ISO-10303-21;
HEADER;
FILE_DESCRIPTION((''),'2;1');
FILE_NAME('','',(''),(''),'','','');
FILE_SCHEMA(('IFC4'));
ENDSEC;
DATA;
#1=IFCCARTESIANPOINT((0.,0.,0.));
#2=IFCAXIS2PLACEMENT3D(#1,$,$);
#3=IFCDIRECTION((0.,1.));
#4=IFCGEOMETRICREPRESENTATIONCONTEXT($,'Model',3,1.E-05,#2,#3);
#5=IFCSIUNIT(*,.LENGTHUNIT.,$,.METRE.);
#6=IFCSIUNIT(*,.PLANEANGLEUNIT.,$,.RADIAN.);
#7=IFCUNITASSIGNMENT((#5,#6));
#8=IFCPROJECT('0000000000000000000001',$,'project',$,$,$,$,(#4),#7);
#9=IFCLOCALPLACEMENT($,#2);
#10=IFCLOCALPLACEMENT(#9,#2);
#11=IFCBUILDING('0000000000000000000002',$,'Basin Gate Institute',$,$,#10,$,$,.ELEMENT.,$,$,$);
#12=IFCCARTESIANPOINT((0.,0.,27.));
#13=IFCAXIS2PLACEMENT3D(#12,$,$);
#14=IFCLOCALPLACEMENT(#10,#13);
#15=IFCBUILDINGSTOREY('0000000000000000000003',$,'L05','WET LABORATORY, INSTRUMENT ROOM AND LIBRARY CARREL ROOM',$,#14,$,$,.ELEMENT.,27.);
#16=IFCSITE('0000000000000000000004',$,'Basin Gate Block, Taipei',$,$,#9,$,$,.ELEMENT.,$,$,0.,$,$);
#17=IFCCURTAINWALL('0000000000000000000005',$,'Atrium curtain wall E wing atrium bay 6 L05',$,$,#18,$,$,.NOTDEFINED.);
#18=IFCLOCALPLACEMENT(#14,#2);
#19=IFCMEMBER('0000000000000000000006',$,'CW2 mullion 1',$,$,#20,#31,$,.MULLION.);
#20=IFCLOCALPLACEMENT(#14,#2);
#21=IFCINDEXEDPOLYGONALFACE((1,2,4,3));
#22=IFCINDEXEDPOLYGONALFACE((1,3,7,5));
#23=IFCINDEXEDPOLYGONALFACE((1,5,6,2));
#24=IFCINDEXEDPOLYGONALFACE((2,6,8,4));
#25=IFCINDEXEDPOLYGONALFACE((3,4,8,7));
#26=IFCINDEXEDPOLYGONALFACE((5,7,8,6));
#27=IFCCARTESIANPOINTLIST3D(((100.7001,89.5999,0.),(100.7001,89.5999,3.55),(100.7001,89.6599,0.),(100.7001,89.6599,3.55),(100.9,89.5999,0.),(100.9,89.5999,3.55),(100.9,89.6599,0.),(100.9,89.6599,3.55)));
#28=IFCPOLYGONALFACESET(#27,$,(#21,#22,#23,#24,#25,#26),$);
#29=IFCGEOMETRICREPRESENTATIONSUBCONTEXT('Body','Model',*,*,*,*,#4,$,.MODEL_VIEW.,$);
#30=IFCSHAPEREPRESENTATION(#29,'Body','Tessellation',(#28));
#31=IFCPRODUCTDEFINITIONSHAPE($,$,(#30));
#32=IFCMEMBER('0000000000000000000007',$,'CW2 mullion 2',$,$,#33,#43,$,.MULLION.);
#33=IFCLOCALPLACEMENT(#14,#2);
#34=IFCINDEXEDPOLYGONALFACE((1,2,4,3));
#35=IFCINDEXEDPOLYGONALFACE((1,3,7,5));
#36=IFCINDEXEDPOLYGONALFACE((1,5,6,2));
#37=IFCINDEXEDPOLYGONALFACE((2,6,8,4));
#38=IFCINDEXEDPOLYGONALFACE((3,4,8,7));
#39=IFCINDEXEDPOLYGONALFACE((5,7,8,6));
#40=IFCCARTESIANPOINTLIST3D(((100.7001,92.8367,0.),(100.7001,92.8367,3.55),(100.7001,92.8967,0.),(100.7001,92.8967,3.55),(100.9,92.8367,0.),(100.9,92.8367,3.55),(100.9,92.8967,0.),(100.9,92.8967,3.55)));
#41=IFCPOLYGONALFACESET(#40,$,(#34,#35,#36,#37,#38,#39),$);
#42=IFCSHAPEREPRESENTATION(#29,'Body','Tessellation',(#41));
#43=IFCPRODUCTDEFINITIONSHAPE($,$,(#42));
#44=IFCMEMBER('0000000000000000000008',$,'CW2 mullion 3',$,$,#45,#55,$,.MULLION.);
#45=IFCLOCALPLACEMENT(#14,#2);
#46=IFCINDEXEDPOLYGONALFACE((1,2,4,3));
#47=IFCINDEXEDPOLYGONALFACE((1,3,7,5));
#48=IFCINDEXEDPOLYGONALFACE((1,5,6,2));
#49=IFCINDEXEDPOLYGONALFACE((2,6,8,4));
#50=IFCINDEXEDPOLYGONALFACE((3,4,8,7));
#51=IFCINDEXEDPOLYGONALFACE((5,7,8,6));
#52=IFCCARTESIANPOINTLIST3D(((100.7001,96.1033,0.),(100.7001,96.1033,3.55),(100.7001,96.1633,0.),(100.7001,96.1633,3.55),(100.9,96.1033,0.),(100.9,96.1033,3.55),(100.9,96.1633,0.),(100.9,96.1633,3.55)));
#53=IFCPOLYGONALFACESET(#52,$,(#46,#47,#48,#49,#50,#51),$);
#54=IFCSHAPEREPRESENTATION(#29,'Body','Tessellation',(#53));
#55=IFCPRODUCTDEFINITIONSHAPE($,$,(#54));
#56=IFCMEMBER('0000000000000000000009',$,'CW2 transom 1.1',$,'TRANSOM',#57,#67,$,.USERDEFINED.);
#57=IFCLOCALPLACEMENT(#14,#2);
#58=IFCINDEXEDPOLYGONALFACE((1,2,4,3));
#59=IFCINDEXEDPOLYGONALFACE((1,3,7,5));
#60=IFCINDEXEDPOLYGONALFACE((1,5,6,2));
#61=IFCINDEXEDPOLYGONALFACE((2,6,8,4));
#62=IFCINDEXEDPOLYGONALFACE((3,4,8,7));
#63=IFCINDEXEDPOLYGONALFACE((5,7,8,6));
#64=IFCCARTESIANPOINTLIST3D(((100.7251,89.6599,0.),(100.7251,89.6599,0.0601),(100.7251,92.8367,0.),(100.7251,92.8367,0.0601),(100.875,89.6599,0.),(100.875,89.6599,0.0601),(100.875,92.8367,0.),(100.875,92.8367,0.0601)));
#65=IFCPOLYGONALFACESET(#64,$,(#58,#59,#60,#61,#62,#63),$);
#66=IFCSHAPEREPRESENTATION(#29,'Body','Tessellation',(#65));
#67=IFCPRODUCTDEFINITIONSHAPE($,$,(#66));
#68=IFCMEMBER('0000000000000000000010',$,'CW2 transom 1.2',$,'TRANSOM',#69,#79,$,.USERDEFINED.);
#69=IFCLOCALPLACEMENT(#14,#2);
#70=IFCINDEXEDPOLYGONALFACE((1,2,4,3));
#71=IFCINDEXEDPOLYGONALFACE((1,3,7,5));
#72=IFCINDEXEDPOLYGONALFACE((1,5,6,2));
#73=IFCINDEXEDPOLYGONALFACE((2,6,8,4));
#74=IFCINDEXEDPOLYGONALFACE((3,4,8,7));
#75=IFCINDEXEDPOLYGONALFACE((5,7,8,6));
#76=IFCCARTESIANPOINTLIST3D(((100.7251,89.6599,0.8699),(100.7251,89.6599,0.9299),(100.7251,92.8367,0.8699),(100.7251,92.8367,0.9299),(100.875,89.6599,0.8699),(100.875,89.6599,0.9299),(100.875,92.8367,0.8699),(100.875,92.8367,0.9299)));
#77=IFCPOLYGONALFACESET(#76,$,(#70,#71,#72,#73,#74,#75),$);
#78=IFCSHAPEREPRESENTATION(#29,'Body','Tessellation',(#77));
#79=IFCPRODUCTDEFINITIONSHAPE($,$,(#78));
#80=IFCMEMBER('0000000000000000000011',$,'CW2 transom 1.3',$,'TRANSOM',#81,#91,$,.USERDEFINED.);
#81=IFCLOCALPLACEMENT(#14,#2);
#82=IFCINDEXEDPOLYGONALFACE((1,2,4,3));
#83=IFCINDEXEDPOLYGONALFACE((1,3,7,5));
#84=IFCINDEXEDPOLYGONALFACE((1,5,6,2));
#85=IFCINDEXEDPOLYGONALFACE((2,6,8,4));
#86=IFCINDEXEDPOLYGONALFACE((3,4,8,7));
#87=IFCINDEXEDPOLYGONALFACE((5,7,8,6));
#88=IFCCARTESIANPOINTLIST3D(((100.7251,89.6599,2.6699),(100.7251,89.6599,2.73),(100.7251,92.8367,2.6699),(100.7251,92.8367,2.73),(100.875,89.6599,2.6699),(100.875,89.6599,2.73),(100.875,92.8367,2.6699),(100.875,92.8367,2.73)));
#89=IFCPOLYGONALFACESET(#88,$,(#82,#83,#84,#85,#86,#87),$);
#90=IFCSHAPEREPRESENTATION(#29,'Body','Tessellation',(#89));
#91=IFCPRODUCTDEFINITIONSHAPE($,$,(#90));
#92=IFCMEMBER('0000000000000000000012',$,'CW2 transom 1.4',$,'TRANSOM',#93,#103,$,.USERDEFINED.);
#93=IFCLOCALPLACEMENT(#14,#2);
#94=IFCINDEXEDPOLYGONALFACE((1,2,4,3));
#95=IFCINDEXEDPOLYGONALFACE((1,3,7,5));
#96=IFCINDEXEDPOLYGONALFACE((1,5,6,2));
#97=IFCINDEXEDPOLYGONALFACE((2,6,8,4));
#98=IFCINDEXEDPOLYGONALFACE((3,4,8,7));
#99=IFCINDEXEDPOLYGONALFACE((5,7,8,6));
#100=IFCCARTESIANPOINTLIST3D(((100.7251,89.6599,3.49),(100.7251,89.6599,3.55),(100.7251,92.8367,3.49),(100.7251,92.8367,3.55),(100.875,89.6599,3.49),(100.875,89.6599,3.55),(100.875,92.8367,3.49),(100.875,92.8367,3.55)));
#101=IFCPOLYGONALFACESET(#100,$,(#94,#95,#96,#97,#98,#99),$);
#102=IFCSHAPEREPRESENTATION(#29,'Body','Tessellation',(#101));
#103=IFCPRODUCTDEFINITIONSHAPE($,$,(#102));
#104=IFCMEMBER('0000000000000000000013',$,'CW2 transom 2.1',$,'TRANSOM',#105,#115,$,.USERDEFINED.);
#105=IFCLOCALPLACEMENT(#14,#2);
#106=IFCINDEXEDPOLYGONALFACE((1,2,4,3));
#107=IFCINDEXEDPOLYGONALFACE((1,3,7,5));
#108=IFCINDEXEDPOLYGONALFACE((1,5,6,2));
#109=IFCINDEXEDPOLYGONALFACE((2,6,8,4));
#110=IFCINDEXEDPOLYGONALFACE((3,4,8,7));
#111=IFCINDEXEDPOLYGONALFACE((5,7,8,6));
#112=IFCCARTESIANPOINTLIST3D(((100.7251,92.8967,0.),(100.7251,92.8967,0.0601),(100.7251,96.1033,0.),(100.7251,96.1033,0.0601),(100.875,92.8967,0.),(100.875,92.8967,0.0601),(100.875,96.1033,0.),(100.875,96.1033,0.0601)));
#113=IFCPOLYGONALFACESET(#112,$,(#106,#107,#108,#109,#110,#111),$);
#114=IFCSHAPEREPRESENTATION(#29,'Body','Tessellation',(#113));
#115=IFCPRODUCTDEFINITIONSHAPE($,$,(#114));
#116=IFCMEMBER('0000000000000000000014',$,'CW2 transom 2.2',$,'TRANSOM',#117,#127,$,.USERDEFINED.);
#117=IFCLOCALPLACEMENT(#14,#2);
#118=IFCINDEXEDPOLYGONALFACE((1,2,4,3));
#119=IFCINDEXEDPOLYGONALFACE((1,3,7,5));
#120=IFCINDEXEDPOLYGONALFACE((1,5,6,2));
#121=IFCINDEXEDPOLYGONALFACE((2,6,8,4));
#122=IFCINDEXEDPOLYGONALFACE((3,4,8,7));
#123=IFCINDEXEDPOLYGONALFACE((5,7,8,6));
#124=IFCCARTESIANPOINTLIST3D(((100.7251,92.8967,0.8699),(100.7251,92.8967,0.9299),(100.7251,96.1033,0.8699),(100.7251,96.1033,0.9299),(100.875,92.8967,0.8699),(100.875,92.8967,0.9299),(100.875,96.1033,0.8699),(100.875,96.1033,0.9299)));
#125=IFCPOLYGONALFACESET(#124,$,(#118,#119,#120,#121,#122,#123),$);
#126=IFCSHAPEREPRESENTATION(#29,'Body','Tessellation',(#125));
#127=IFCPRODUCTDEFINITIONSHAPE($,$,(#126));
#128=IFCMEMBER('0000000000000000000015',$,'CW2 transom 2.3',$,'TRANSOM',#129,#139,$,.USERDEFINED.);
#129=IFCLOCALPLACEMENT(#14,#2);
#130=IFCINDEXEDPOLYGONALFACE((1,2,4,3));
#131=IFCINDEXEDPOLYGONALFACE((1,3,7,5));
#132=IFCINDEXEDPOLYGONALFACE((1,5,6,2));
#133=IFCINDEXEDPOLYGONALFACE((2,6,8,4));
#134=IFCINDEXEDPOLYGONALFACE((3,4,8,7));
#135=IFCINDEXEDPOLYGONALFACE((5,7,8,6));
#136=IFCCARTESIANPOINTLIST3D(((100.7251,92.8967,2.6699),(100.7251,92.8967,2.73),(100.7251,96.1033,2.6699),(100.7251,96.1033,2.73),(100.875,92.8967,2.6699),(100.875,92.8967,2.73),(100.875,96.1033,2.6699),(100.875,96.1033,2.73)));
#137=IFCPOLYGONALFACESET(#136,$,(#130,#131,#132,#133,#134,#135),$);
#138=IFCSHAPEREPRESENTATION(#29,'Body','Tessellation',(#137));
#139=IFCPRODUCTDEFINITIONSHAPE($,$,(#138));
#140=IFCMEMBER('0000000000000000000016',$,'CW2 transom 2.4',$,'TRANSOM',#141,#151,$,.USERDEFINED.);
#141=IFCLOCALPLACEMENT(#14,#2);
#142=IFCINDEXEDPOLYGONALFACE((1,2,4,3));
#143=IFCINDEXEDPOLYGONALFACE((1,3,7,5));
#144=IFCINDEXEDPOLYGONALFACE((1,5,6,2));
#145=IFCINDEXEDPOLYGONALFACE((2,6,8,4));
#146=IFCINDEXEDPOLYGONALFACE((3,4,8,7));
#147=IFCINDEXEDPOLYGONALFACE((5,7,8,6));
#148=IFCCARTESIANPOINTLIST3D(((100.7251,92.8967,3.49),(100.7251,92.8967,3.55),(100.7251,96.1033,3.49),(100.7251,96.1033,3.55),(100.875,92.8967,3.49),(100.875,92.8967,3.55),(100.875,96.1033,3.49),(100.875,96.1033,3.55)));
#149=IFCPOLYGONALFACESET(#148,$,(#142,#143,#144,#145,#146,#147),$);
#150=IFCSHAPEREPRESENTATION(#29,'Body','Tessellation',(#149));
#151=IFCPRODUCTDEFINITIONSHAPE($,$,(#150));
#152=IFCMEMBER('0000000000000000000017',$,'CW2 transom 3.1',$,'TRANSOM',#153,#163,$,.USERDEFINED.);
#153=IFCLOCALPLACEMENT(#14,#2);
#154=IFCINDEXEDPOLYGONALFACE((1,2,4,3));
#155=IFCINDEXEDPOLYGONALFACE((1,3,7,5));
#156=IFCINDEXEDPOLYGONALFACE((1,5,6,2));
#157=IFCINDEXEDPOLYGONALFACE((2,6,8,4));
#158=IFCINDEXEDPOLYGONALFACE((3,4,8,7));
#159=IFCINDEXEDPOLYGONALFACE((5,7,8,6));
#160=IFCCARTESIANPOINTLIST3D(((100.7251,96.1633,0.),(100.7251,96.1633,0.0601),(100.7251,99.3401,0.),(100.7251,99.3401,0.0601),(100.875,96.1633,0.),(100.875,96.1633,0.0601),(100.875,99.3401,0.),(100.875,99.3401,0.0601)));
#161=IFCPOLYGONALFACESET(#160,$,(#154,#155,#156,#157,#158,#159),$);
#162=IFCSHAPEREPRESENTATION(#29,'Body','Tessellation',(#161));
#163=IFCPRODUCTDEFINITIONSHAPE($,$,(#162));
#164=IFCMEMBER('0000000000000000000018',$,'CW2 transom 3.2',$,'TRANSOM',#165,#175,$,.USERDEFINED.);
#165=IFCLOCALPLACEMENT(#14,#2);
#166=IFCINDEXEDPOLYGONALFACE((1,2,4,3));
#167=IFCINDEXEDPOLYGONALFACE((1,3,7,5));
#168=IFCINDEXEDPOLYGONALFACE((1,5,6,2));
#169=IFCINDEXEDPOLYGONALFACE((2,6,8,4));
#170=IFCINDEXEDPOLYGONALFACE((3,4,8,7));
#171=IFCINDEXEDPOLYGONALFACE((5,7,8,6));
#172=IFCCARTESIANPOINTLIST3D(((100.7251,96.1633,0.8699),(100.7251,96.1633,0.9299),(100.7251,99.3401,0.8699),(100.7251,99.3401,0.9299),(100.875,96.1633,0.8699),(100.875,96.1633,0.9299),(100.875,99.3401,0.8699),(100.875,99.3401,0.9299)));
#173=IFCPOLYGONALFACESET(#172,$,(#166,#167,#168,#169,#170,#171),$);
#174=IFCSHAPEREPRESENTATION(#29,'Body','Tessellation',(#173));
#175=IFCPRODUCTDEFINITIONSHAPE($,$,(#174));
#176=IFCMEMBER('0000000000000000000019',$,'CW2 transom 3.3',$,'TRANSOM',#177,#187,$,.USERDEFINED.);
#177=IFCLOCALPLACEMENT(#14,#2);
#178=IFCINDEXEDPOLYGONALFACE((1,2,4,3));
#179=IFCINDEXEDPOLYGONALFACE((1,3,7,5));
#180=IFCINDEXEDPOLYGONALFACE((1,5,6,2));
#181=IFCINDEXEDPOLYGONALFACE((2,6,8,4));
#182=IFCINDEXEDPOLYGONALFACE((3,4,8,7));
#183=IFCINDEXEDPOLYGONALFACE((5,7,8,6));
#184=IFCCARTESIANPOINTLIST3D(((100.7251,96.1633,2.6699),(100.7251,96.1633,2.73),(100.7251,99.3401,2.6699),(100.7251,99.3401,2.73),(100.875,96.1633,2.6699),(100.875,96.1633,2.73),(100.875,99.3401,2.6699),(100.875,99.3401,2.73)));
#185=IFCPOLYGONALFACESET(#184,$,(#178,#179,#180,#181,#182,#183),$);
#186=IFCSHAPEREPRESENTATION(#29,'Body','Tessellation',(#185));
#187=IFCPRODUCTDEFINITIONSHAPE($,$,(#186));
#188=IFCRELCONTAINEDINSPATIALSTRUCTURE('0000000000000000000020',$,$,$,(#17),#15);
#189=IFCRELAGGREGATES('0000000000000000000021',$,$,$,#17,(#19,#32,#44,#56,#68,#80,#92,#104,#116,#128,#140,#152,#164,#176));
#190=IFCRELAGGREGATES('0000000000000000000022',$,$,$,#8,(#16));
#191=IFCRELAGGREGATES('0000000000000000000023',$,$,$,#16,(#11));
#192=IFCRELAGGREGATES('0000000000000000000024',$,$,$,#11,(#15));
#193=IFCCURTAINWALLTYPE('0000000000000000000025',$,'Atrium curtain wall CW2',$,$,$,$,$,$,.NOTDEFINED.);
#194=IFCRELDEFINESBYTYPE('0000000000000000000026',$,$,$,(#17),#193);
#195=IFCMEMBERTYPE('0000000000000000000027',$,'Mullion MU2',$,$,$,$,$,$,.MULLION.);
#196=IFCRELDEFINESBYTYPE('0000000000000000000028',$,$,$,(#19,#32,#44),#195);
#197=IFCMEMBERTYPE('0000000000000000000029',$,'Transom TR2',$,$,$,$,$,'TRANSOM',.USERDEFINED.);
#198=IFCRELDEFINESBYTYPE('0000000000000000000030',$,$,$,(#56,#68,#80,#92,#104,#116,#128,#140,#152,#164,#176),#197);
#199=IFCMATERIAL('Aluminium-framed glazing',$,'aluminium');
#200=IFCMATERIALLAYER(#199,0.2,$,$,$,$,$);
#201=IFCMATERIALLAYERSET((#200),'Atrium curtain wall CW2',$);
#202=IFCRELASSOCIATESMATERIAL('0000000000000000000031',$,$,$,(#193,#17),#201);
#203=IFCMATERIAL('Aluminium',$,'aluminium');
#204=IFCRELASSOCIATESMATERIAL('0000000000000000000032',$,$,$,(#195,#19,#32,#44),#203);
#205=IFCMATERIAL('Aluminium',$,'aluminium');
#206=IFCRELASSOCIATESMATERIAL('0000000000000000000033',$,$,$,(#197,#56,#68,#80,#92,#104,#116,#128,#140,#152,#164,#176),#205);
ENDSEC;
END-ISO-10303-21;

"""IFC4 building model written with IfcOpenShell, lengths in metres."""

from ifc_helpers import new_model, si_unit, direction, frame, origin, origin_2d, place, context, subcontext, project, spatial, rectangle, extrude, material, layer, layer_set, material_profile, profile_set, type_object, element, aggregate, save


model = new_model("IFC4")

# Units and contexts
model_context = context("Model", 3, precision=1e-05, world=origin(), true_north=direction((0.0, 1.0)))
body_context = subcontext(model_context, "Body", "Model", "MODEL_VIEW")
ifc_project = project(units=[si_unit("LENGTHUNIT", "METRE"), si_unit("PLANEANGLEUNIT", "RADIAN")], contexts=[model_context])

# Site, building, storey
site_placement = place(None, origin())
site = spatial("IfcSite", under=ifc_project, at=site_placement, Name="Basin Gate Block, Taipei", CompositionType="ELEMENT", RefElevation=0.0)
building_placement = place(site_placement, origin())
building = spatial("IfcBuilding", under=site, at=building_placement, Name="Basin Gate Institute", CompositionType="ELEMENT")
storey_placement = place(building_placement, frame((0.0, 0.0, 27.0)))
storey = spatial("IfcBuildingStorey", under=building, at=storey_placement, Name="L05", Description="WET LABORATORY, INSTRUMENT ROOM AND LIBRARY CARREL ROOM", CompositionType="ELEMENT", Elevation=27.0)

# Curtain wall, members
ifc_material_1 = material(Name="Aluminium-framed glazing", Category="aluminium")
ifc_layer_1 = layer(ifc_material_1, 0.2)
ifc_layer_set_1 = layer_set([ifc_layer_1], Name="Atrium curtain wall CW2")
curtain_wall_type = type_object("IfcCurtainWallType", Name="Atrium curtain wall CW2", PredefinedType="NOTDEFINED", material=ifc_layer_set_1)
curtain_wall_placement = place(storey_placement, origin())
curtain_wall = element("IfcCurtainWall", 1, at=curtain_wall_placement, inside=storey, type_object=curtain_wall_type, material=ifc_layer_set_1, Name="Atrium curtain wall E wing atrium bay 6 L05", PredefinedType="NOTDEFINED")
ifc_material_2 = material(Name="Aluminium", Category="aluminium")
ifc_material_profile_1 = material_profile(ifc_material_2, rectangle(XDim=0.2, YDim=0.0601, at=origin_2d()), Name="Mullion MU2 200 x 60")
ifc_profile_set_1 = profile_set([ifc_material_profile_1], Name="Aluminium")
member_type_1 = type_object("IfcMemberType", Name="Mullion MU2", PredefinedType="MULLION", material=ifc_profile_set_1)
member_1_placement = place(storey_placement, frame((100.8, 89.6299, 0.0), z_axis=(0.0, 0.0, 1.0), x_axis=(-1.0, 0.0, 0.0)))
member_1 = element("IfcMember", 2, at=member_1_placement, type_object=member_type_1, material=ifc_profile_set_1, Name="CW2 mullion 1", PredefinedType="MULLION", context=body_context, shape_type="SweptSolid", body=[
    extrude(rectangle(XDim=0.2, YDim=0.0601, at=origin_2d()), origin(), (0.0, 0.0, 1.0), 3.55),
])
member_2_placement = place(storey_placement, frame((100.8, 92.8667, 0.0), z_axis=(0.0, 0.0, 1.0), x_axis=(-1.0, 0.0, 0.0)))
member_2 = element("IfcMember", 3, at=member_2_placement, type_object=member_type_1, material=ifc_profile_set_1, Name="CW2 mullion 2", PredefinedType="MULLION", context=body_context, shape_type="SweptSolid", body=[
    extrude(rectangle(XDim=0.2, YDim=0.0601, at=origin_2d()), origin(), (0.0, 0.0, 1.0), 3.55),
])
member_3_placement = place(storey_placement, frame((100.8, 96.1333, 0.0), z_axis=(0.0, 0.0, 1.0), x_axis=(-1.0, 0.0, 0.0)))
member_3 = element("IfcMember", 4, at=member_3_placement, type_object=member_type_1, material=ifc_profile_set_1, Name="CW2 mullion 3", PredefinedType="MULLION", context=body_context, shape_type="SweptSolid", body=[
    extrude(rectangle(XDim=0.2, YDim=0.0601, at=origin_2d()), origin(), (0.0, 0.0, 1.0), 3.55),
])
ifc_material_3 = material(Name="Aluminium", Category="aluminium")
ifc_material_profile_2 = material_profile(ifc_material_3, rectangle(XDim=0.1499, YDim=0.0601, at=origin_2d()), Name="Transom TR2 150 x 60")
ifc_profile_set_2 = profile_set([ifc_material_profile_2], Name="Aluminium")
member_type_2 = type_object("IfcMemberType", Name="Transom TR2", ElementType="TRANSOM", PredefinedType="USERDEFINED", material=ifc_profile_set_2)
member_4_placement = place(storey_placement, frame((100.8, 89.6599, 0.03), z_axis=(0.0, 1.0, 0.0), x_axis=(-1.0, 0.0, 0.0)))
member_4 = element("IfcMember", 5, at=member_4_placement, type_object=member_type_2, material=ifc_profile_set_2, Name="CW2 transom 1.1", ObjectType="TRANSOM", PredefinedType="USERDEFINED", context=body_context, shape_type="SweptSolid", body=[
    extrude(rectangle(XDim=0.1499, YDim=0.0601, at=origin_2d()), origin(), (0.0, 0.0, 1.0), 3.1768),
])
member_5_placement = place(storey_placement, frame((100.8, 89.6599, 0.8999), z_axis=(0.0, 1.0, 0.0), x_axis=(-1.0, 0.0, 0.0)))
member_5 = element("IfcMember", 6, at=member_5_placement, type_object=member_type_2, material=ifc_profile_set_2, Name="CW2 transom 1.2", ObjectType="TRANSOM", PredefinedType="USERDEFINED", context=body_context, shape_type="SweptSolid", body=[
    extrude(rectangle(XDim=0.1499, YDim=0.0601, at=origin_2d()), origin(), (0.0, 0.0, 1.0), 3.1768),
])
member_6_placement = place(storey_placement, frame((100.8, 89.6599, 2.7), z_axis=(0.0, 1.0, 0.0), x_axis=(-1.0, 0.0, 0.0)))
member_6 = element("IfcMember", 7, at=member_6_placement, type_object=member_type_2, material=ifc_profile_set_2, Name="CW2 transom 1.3", ObjectType="TRANSOM", PredefinedType="USERDEFINED", context=body_context, shape_type="SweptSolid", body=[
    extrude(rectangle(XDim=0.1499, YDim=0.0601, at=origin_2d()), origin(), (0.0, 0.0, 1.0), 3.1768),
])
member_7_placement = place(storey_placement, frame((100.8, 89.6599, 3.52), z_axis=(0.0, 1.0, 0.0), x_axis=(-1.0, 0.0, 0.0)))
member_7 = element("IfcMember", 8, at=member_7_placement, type_object=member_type_2, material=ifc_profile_set_2, Name="CW2 transom 1.4", ObjectType="TRANSOM", PredefinedType="USERDEFINED", context=body_context, shape_type="SweptSolid", body=[
    extrude(rectangle(XDim=0.1499, YDim=0.0601, at=origin_2d()), origin(), (0.0, 0.0, 1.0), 3.1768),
])
member_8_placement = place(storey_placement, frame((100.8, 92.8967, 0.03), z_axis=(0.0, 1.0, 0.0), x_axis=(-1.0, 0.0, 0.0)))
member_8 = element("IfcMember", 9, at=member_8_placement, type_object=member_type_2, material=ifc_profile_set_2, Name="CW2 transom 2.1", ObjectType="TRANSOM", PredefinedType="USERDEFINED", context=body_context, shape_type="SweptSolid", body=[
    extrude(rectangle(XDim=0.1499, YDim=0.0601, at=origin_2d()), origin(), (0.0, 0.0, 1.0), 3.2065),
])
member_9_placement = place(storey_placement, frame((100.8, 92.8967, 0.8999), z_axis=(0.0, 1.0, 0.0), x_axis=(-1.0, 0.0, 0.0)))
member_9 = element("IfcMember", 10, at=member_9_placement, type_object=member_type_2, material=ifc_profile_set_2, Name="CW2 transom 2.2", ObjectType="TRANSOM", PredefinedType="USERDEFINED", context=body_context, shape_type="SweptSolid", body=[
    extrude(rectangle(XDim=0.1499, YDim=0.0601, at=origin_2d()), origin(), (0.0, 0.0, 1.0), 3.2065),
])
member_10_placement = place(storey_placement, frame((100.8, 92.8967, 2.7), z_axis=(0.0, 1.0, 0.0), x_axis=(-1.0, 0.0, 0.0)))
member_10 = element("IfcMember", 11, at=member_10_placement, type_object=member_type_2, material=ifc_profile_set_2, Name="CW2 transom 2.3", ObjectType="TRANSOM", PredefinedType="USERDEFINED", context=body_context, shape_type="SweptSolid", body=[
    extrude(rectangle(XDim=0.1499, YDim=0.0601, at=origin_2d()), origin(), (0.0, 0.0, 1.0), 3.2065),
])
member_11_placement = place(storey_placement, frame((100.8, 92.8967, 3.52), z_axis=(0.0, 1.0, 0.0), x_axis=(-1.0, 0.0, 0.0)))
member_11 = element("IfcMember", 12, at=member_11_placement, type_object=member_type_2, material=ifc_profile_set_2, Name="CW2 transom 2.4", ObjectType="TRANSOM", PredefinedType="USERDEFINED", context=body_context, shape_type="SweptSolid", body=[
    extrude(rectangle(XDim=0.1499, YDim=0.0601, at=origin_2d()), origin(), (0.0, 0.0, 1.0), 3.2065),
])
member_12_placement = place(storey_placement, frame((100.8, 96.1633, 0.03), z_axis=(0.0, 1.0, 0.0), x_axis=(-1.0, 0.0, 0.0)))
member_12 = element("IfcMember", 13, at=member_12_placement, type_object=member_type_2, material=ifc_profile_set_2, Name="CW2 transom 3.1", ObjectType="TRANSOM", PredefinedType="USERDEFINED", context=body_context, shape_type="SweptSolid", body=[
    extrude(rectangle(XDim=0.1499, YDim=0.0601, at=origin_2d()), origin(), (0.0, 0.0, 1.0), 3.1768),
])
member_13_placement = place(storey_placement, frame((100.8, 96.1633, 0.8999), z_axis=(0.0, 1.0, 0.0), x_axis=(-1.0, 0.0, 0.0)))
member_13 = element("IfcMember", 14, at=member_13_placement, type_object=member_type_2, material=ifc_profile_set_2, Name="CW2 transom 3.2", ObjectType="TRANSOM", PredefinedType="USERDEFINED", context=body_context, shape_type="SweptSolid", body=[
    extrude(rectangle(XDim=0.1499, YDim=0.0601, at=origin_2d()), origin(), (0.0, 0.0, 1.0), 3.1768),
])
member_14_placement = place(storey_placement, frame((100.8, 96.1633, 2.7), z_axis=(0.0, 1.0, 0.0), x_axis=(-1.0, 0.0, 0.0)))
member_14 = element("IfcMember", 15, at=member_14_placement, type_object=member_type_2, material=ifc_profile_set_2, Name="CW2 transom 3.3", ObjectType="TRANSOM", PredefinedType="USERDEFINED", context=body_context, shape_type="SweptSolid", body=[
    extrude(rectangle(XDim=0.1499, YDim=0.0601, at=origin_2d()), origin(), (0.0, 0.0, 1.0), 3.1768),
])
aggregate(curtain_wall, [member_1, member_2, member_3, member_4, member_5, member_6, member_7, member_8, member_9, member_10, member_11, member_12, member_13, member_14])

save(model, "model.ifc")
